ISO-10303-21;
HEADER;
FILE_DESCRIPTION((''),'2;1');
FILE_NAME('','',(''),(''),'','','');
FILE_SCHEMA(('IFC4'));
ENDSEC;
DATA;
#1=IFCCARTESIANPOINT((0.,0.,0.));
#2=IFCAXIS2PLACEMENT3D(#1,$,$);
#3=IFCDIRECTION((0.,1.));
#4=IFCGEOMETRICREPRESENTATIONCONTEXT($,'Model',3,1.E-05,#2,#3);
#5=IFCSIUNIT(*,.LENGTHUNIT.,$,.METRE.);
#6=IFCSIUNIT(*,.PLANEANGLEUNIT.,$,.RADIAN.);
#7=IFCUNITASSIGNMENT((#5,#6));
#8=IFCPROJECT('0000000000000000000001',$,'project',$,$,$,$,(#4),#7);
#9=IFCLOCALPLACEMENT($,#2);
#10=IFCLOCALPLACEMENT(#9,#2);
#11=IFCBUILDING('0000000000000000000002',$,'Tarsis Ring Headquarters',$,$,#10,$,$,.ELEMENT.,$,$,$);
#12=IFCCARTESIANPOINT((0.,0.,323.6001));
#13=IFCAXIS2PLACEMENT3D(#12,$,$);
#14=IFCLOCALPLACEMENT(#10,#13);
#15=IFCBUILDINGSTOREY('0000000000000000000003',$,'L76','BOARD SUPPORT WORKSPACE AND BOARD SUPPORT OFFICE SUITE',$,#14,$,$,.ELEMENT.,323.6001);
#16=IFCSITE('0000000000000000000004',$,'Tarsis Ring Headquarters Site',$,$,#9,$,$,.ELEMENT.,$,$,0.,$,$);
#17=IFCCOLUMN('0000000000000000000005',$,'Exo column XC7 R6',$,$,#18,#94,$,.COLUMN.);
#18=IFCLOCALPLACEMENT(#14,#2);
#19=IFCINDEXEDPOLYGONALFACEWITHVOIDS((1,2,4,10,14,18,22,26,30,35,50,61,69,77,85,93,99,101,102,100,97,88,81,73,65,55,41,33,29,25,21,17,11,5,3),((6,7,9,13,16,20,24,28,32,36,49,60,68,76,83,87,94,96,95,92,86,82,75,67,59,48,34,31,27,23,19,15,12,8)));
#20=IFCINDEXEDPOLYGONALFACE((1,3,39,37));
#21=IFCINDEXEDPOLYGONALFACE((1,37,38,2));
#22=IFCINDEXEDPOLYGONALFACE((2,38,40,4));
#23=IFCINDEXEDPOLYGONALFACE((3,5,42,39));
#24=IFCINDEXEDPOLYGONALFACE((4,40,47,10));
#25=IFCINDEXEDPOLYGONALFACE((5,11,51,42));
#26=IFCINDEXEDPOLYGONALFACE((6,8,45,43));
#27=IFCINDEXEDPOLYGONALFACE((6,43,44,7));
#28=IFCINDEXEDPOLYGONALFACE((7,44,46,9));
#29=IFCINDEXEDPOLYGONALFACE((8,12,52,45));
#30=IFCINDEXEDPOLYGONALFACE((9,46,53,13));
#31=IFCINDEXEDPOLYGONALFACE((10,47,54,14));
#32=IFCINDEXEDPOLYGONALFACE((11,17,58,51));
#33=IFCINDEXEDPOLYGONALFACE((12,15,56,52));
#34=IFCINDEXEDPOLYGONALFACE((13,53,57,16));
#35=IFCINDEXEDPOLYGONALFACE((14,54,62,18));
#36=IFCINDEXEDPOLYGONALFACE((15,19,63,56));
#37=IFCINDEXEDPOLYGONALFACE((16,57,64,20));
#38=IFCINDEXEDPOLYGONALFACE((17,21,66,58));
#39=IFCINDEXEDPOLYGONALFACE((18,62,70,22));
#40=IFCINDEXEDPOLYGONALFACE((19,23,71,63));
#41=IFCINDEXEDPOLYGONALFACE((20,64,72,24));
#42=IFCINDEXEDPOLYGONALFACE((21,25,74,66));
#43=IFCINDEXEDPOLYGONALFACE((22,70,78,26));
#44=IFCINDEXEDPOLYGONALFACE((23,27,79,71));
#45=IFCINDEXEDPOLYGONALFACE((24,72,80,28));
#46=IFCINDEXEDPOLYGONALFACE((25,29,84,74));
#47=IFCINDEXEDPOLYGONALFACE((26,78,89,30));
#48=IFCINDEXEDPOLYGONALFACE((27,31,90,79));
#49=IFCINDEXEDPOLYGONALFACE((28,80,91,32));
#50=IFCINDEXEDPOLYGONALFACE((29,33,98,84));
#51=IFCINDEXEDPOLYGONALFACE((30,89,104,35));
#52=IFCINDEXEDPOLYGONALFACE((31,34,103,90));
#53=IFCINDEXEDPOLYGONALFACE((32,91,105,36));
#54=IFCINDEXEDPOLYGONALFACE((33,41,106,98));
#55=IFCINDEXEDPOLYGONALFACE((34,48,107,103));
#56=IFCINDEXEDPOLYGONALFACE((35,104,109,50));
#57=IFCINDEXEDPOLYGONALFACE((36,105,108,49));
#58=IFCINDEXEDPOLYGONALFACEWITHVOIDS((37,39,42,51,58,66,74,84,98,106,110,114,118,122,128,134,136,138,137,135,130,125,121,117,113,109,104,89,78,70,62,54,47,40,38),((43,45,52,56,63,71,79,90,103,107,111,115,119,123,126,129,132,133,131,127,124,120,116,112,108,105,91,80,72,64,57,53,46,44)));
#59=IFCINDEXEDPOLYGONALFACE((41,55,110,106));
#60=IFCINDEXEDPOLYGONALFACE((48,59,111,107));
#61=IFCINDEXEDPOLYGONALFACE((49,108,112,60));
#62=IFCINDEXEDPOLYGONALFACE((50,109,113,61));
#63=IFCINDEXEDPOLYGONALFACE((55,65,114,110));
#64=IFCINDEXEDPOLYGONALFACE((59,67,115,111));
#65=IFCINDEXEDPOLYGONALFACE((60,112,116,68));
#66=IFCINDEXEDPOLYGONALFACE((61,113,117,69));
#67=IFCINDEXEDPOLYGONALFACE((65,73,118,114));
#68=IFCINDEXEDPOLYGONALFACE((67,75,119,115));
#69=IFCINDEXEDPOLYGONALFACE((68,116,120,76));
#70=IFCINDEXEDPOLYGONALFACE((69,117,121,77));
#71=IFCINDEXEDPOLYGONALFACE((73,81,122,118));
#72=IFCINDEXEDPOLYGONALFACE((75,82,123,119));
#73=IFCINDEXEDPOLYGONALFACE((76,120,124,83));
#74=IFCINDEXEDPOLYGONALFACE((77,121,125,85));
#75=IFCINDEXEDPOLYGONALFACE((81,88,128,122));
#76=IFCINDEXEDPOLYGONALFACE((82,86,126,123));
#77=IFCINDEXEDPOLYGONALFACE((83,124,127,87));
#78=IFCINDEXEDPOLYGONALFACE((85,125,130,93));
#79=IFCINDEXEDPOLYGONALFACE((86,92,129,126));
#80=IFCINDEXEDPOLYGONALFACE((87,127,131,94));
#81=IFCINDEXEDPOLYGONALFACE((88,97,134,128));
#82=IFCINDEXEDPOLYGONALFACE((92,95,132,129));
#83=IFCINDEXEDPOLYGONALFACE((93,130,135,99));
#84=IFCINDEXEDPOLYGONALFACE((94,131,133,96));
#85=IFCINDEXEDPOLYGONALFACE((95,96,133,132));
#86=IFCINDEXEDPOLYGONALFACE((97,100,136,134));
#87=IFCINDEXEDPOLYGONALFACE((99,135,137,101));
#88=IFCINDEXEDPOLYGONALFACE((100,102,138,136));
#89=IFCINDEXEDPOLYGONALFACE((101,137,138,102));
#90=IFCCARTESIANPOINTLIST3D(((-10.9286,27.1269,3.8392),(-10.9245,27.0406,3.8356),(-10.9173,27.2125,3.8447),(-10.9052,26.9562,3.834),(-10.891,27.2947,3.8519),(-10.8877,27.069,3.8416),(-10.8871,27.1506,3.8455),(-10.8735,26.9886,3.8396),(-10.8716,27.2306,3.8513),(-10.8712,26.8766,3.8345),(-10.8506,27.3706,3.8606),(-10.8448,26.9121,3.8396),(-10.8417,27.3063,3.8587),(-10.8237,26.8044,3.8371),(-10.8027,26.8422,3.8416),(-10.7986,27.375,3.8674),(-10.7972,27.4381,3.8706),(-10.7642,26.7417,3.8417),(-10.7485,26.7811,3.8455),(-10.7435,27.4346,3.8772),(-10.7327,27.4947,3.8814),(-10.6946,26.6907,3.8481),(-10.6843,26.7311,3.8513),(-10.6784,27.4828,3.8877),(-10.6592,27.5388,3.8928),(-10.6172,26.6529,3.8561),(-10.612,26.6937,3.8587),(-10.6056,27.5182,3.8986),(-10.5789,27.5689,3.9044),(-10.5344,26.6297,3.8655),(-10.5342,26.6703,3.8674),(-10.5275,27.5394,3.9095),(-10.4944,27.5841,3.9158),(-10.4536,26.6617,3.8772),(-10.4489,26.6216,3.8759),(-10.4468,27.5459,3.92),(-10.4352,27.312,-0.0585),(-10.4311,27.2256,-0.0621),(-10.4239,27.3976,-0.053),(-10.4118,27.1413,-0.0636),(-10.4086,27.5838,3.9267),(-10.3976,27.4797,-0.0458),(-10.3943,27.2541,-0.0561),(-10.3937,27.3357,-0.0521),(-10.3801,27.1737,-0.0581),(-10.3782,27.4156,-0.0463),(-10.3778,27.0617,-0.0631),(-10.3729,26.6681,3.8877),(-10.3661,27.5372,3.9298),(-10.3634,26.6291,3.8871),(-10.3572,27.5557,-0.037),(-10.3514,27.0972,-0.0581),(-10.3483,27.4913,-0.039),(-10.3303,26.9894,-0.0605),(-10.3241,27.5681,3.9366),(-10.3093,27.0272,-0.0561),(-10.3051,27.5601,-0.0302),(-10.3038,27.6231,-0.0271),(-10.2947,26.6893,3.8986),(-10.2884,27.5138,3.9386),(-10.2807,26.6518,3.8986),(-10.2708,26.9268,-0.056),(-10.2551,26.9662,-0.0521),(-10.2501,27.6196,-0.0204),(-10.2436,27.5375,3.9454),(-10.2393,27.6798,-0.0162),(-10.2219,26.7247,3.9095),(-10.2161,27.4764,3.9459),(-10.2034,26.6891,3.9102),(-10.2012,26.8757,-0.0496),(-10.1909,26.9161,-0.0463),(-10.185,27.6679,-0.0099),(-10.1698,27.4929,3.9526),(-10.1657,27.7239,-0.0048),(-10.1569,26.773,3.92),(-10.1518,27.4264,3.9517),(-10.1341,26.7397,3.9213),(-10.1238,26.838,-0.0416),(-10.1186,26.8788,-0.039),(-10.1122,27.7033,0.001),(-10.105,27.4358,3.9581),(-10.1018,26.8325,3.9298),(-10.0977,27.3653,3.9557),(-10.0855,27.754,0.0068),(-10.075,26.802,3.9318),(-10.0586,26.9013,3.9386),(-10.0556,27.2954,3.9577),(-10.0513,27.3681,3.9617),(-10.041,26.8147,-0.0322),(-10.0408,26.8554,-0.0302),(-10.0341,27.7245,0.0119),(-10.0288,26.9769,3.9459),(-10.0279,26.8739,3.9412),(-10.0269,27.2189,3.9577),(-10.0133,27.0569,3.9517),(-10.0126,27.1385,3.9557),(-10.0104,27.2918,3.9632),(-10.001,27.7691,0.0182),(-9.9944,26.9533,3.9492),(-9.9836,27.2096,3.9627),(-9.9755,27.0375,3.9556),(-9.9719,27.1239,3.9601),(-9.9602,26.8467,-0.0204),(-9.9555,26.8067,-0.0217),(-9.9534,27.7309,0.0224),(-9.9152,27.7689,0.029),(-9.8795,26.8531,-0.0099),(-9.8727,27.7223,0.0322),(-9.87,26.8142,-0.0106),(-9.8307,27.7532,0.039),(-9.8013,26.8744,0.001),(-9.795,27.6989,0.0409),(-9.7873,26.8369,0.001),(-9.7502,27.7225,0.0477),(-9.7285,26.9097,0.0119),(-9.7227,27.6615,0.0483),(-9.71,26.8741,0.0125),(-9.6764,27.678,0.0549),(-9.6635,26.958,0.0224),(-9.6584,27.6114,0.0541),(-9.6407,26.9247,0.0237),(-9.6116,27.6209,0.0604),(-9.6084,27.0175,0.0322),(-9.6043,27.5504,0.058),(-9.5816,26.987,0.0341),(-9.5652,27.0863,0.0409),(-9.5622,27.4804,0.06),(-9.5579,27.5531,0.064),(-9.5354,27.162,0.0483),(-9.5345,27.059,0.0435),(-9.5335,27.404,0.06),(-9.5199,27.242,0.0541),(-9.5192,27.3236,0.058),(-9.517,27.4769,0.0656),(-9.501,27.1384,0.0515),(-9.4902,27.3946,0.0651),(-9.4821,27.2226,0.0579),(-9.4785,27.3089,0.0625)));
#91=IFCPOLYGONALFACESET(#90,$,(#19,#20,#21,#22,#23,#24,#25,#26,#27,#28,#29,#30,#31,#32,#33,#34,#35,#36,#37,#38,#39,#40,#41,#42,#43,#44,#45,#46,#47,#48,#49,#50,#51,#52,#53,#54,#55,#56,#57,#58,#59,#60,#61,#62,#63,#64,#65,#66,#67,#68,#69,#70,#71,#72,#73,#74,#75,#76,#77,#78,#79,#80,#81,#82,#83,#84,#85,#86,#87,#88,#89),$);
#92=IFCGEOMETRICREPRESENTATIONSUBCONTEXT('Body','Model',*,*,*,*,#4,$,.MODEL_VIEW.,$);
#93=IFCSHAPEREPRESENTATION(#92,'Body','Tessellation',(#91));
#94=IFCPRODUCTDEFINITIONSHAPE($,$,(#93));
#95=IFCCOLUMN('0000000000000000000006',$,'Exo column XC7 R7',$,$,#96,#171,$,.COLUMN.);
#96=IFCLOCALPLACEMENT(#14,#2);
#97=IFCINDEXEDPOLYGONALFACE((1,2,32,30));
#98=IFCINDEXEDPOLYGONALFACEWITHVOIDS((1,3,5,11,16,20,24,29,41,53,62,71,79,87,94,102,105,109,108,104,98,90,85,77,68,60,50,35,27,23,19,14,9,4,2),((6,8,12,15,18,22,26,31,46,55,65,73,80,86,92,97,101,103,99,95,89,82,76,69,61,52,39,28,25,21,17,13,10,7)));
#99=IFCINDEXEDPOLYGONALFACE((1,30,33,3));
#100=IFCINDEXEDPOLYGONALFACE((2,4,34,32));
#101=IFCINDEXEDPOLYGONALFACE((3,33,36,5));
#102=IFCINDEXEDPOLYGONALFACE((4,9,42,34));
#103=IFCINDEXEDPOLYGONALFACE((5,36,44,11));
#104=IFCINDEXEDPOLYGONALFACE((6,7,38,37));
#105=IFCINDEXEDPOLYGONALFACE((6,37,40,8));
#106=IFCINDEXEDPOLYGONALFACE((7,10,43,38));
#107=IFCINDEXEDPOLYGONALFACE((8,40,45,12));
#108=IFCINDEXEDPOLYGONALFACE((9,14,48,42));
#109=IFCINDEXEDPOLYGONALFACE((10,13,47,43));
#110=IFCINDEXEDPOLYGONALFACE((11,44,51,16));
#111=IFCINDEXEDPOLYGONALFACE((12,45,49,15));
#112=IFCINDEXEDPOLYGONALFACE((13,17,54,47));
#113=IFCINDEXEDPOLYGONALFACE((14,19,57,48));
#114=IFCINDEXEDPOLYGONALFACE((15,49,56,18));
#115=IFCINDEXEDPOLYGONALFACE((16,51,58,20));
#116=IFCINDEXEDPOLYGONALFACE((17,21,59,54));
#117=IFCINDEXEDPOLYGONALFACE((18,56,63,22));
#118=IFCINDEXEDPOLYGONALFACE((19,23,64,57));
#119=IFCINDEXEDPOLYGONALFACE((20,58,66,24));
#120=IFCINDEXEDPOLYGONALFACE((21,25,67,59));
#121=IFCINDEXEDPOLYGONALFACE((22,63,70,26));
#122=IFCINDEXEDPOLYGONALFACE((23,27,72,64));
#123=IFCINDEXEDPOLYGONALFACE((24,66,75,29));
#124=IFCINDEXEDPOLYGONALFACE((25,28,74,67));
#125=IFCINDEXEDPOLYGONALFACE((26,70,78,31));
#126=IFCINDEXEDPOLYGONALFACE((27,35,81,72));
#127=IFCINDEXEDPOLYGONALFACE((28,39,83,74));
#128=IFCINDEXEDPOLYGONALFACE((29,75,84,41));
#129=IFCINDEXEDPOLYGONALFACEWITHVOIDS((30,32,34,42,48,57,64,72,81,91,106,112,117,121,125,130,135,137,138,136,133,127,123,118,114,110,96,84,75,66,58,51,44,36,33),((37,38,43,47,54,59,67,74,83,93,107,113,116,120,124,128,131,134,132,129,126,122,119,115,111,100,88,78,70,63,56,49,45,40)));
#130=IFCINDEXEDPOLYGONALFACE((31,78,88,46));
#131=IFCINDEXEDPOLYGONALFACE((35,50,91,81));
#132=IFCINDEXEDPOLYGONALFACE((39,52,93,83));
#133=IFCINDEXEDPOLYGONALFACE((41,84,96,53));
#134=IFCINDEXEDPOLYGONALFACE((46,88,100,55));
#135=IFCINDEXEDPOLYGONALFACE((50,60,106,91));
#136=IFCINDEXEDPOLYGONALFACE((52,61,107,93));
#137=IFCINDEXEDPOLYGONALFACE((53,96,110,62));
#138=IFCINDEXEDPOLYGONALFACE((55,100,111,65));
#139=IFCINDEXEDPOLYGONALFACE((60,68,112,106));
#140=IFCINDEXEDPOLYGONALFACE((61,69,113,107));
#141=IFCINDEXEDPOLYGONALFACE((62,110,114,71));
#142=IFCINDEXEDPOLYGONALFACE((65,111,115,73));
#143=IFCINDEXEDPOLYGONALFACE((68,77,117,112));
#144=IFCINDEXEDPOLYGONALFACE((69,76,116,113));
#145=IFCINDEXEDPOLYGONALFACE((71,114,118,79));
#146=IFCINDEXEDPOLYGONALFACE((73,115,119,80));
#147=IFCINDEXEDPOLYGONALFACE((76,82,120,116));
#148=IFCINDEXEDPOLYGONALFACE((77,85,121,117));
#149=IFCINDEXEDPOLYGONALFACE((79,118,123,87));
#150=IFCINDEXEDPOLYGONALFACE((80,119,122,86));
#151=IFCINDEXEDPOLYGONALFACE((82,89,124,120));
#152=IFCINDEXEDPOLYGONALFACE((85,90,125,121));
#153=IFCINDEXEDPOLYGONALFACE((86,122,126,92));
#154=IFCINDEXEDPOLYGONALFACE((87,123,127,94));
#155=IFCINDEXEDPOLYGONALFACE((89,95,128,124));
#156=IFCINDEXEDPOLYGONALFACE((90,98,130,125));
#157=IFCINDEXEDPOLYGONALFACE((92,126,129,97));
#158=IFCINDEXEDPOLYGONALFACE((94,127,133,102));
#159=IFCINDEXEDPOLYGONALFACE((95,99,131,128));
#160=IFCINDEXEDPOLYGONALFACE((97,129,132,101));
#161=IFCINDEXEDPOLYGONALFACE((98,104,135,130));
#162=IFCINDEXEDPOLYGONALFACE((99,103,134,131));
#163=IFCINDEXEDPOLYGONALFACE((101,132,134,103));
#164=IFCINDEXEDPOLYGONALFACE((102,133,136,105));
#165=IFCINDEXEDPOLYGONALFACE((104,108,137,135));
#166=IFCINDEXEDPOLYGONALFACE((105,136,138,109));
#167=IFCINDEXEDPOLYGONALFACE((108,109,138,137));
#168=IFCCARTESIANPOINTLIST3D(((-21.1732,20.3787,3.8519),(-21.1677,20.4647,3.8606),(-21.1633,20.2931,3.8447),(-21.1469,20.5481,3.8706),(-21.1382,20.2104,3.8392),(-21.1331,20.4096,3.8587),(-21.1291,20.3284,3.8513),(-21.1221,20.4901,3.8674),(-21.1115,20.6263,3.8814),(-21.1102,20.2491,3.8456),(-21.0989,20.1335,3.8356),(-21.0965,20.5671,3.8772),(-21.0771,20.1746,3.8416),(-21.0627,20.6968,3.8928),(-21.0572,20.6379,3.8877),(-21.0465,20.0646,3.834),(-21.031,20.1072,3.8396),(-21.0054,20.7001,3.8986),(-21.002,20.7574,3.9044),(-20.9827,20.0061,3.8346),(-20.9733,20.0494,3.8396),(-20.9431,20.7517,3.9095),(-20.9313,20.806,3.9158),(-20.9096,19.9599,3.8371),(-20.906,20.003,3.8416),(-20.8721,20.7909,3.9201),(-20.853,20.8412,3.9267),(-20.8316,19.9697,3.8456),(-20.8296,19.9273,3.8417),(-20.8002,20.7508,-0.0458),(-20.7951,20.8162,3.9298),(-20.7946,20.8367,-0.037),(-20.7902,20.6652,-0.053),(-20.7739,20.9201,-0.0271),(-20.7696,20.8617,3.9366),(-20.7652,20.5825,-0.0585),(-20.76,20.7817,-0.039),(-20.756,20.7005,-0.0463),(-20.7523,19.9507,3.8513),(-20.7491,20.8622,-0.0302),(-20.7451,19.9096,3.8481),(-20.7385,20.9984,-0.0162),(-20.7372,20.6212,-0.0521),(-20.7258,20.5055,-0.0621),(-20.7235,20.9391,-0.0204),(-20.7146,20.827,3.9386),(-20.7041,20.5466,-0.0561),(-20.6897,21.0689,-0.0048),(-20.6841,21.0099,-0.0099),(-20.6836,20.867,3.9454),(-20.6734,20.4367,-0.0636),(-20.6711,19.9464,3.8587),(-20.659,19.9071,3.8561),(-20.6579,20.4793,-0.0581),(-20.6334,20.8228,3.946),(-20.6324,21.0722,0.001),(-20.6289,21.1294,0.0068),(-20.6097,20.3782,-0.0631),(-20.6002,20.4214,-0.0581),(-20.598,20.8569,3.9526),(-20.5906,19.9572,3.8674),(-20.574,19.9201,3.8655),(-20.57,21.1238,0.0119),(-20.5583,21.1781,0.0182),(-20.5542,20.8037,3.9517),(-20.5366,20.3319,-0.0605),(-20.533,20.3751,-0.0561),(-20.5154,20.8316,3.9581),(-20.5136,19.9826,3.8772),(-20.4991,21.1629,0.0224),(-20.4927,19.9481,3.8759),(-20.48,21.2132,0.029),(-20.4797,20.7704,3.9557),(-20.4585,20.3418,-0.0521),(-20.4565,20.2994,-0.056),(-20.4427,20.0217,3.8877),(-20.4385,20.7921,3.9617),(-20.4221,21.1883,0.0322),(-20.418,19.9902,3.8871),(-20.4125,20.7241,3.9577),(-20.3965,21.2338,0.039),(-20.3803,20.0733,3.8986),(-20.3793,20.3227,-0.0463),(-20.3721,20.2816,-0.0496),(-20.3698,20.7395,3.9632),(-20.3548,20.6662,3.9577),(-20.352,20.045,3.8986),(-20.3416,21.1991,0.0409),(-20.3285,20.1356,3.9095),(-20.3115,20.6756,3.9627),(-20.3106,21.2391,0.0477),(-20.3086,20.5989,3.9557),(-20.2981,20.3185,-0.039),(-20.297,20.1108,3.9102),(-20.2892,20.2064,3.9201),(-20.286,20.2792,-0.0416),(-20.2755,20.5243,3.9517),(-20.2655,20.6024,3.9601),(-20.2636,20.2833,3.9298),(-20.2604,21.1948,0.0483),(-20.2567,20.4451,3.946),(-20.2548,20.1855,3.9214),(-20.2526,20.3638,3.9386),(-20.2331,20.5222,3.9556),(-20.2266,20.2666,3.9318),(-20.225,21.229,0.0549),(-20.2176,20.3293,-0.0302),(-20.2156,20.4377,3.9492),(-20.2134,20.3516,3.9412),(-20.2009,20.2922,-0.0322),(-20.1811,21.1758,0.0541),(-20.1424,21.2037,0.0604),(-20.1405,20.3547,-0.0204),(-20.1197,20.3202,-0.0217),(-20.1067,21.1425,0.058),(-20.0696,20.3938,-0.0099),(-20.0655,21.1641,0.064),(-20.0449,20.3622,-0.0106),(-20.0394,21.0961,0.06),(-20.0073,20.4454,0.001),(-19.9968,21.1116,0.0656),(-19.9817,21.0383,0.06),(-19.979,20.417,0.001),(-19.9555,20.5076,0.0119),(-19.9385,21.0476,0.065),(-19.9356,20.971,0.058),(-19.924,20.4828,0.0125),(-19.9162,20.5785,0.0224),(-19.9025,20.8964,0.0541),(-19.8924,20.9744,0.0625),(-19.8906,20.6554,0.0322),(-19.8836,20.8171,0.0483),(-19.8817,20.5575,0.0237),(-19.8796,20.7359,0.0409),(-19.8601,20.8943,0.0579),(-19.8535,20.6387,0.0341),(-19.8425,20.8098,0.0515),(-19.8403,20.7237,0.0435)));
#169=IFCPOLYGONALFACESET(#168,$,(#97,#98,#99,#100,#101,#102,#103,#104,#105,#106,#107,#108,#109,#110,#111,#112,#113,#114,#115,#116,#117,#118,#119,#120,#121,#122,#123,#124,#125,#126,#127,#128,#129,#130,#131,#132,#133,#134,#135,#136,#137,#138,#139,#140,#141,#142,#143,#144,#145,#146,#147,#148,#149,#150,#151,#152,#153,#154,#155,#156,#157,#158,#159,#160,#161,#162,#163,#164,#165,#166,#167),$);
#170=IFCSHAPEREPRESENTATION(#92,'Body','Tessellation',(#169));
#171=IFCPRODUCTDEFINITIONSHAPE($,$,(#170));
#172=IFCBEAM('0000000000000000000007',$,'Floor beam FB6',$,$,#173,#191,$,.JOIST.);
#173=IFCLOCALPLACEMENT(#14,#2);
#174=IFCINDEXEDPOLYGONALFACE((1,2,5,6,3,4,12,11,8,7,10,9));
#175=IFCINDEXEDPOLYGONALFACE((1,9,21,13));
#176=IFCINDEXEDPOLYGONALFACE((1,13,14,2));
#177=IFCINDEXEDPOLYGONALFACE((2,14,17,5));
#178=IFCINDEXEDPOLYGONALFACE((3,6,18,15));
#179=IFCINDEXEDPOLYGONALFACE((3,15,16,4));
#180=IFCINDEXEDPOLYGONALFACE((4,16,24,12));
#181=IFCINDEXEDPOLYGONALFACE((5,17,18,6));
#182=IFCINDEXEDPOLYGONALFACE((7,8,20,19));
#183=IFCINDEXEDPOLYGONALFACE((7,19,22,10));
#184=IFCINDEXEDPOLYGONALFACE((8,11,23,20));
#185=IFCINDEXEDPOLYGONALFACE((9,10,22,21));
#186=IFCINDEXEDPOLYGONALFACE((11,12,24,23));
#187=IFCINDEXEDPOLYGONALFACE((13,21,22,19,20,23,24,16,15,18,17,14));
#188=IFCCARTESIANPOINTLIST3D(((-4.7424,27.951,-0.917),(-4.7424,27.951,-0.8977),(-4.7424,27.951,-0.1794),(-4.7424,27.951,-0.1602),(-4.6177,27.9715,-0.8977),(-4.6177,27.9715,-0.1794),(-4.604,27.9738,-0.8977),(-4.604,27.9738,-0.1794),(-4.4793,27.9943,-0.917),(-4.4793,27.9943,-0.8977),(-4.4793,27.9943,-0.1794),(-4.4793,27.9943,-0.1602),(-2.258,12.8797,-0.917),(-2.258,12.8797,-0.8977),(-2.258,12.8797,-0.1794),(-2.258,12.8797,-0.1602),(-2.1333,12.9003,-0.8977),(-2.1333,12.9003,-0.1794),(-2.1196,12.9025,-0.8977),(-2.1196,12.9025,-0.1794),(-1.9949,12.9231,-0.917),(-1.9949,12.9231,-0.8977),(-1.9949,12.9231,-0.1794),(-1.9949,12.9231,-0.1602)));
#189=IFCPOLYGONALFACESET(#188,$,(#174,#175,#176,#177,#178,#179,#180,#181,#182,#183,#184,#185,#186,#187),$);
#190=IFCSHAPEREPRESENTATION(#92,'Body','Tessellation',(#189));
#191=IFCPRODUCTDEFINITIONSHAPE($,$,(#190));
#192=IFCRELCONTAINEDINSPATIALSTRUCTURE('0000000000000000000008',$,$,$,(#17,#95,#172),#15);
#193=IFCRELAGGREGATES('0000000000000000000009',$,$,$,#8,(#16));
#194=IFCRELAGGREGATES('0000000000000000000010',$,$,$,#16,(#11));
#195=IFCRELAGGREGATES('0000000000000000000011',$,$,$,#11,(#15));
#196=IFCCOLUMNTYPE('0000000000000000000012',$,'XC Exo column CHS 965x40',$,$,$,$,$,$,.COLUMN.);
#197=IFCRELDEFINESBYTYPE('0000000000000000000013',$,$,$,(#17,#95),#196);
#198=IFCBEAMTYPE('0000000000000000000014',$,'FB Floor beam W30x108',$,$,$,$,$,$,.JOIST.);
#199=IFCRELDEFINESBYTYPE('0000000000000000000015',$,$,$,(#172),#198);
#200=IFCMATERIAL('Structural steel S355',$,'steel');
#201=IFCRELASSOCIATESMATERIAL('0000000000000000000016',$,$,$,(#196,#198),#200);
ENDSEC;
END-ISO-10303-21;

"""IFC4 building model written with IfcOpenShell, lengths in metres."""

from ifc_helpers import new_model, si_unit, direction, frame, origin, origin_2d, place, context, subcontext, project, spatial, hollow_circle, i_section, extrude, material, material_profile, profile_set, type_object, element, save


model = new_model("IFC4")

# Units and contexts
model_context = context("Model", 3, precision=1e-05, world=origin(), true_north=direction((0.0, 1.0)))
body_context = subcontext(model_context, "Body", "Model", "MODEL_VIEW")
ifc_project = project(units=[si_unit("LENGTHUNIT", "METRE"), si_unit("PLANEANGLEUNIT", "RADIAN")], contexts=[model_context])

# Site, building, storey
site_placement = place(None, origin())
site = spatial("IfcSite", under=ifc_project, at=site_placement, Name="Tarsis Ring Headquarters Site", CompositionType="ELEMENT", RefElevation=0.0)
building_placement = place(site_placement, origin())
building = spatial("IfcBuilding", under=site, at=building_placement, Name="Tarsis Ring Headquarters", CompositionType="ELEMENT")
storey_placement = place(building_placement, frame((0.0, 0.0, 323.6001)))
storey = spatial("IfcBuildingStorey", under=building, at=storey_placement, Name="L76", Description="BOARD SUPPORT WORKSPACE AND BOARD SUPPORT OFFICE SUITE", CompositionType="ELEMENT", Elevation=323.6001)

# Columns
ifc_material_1 = material(Name="Structural steel S355", Category="steel")
ifc_material_profile_1 = material_profile(ifc_material_1, hollow_circle(Radius=0.4827, WallThickness=0.04, at=origin_2d()), Name="CHS 965x40")
ifc_profile_set_1 = profile_set([ifc_material_profile_1], Name="Structural steel S355")
column_type = type_object("IfcColumnType", Name="XC Exo column CHS 965x40", PredefinedType="COLUMN", material=ifc_profile_set_1)
for number, where, z_axis, x_axis, name in (
    (1, (-9.9568, 27.2888, 0.001), (-0.125448, -0.047051, 0.990984), (0.351174, -0.93631, 0.0), "Exo column XC7 R6"),
    (2, (-20.3198, 20.7588, 0.001), (-0.094847, -0.094598, 0.990987), (0.706179, -0.708033, 0.0), "Exo column XC7 R7"),
):
    element("IfcColumn", number, at=place(storey_placement, frame(where, z_axis=z_axis, x_axis=x_axis)), inside=storey, type_object=column_type, Name=name, PredefinedType="COLUMN", context=body_context, shape_type="SweptSolid", body=[
        extrude(hollow_circle(Radius=0.4827, WallThickness=0.04, at=origin_2d()), origin(), (0.0, 0.0, 1.0), 3.9331),
    ])

# Beam
ifc_material_profile_2 = material_profile(ifc_material_1, i_section(OverallWidth=0.2666, OverallDepth=0.7568, WebThickness=0.0139, FlangeThickness=0.0193, at=origin_2d()), Name="W30x108")
ifc_profile_set_2 = profile_set([ifc_material_profile_2], Name="Structural steel S355")
beam_type_1 = type_object("IfcBeamType", Name="FB Floor beam W30x108", PredefinedType="JOIST", material=ifc_profile_set_2)
beam_1_placement = place(storey_placement, frame((-4.6108, 27.9727, -0.5386), z_axis=(0.162647, -0.986684, 0.0), x_axis=(0.986684, 0.162647, 0.0)))
element("IfcBeam", 3, at=beam_1_placement, inside=storey, type_object=beam_type_1, Name="Floor beam FB6", PredefinedType="JOIST", context=body_context, shape_type="SweptSolid", body=[
    extrude(i_section(OverallWidth=0.2666, OverallDepth=0.7568, WebThickness=0.0139, FlangeThickness=0.0193, at=origin_2d()), origin(), (0.0, 0.0, 1.0), 15.2747),
])

save(model, "model.ifc")
